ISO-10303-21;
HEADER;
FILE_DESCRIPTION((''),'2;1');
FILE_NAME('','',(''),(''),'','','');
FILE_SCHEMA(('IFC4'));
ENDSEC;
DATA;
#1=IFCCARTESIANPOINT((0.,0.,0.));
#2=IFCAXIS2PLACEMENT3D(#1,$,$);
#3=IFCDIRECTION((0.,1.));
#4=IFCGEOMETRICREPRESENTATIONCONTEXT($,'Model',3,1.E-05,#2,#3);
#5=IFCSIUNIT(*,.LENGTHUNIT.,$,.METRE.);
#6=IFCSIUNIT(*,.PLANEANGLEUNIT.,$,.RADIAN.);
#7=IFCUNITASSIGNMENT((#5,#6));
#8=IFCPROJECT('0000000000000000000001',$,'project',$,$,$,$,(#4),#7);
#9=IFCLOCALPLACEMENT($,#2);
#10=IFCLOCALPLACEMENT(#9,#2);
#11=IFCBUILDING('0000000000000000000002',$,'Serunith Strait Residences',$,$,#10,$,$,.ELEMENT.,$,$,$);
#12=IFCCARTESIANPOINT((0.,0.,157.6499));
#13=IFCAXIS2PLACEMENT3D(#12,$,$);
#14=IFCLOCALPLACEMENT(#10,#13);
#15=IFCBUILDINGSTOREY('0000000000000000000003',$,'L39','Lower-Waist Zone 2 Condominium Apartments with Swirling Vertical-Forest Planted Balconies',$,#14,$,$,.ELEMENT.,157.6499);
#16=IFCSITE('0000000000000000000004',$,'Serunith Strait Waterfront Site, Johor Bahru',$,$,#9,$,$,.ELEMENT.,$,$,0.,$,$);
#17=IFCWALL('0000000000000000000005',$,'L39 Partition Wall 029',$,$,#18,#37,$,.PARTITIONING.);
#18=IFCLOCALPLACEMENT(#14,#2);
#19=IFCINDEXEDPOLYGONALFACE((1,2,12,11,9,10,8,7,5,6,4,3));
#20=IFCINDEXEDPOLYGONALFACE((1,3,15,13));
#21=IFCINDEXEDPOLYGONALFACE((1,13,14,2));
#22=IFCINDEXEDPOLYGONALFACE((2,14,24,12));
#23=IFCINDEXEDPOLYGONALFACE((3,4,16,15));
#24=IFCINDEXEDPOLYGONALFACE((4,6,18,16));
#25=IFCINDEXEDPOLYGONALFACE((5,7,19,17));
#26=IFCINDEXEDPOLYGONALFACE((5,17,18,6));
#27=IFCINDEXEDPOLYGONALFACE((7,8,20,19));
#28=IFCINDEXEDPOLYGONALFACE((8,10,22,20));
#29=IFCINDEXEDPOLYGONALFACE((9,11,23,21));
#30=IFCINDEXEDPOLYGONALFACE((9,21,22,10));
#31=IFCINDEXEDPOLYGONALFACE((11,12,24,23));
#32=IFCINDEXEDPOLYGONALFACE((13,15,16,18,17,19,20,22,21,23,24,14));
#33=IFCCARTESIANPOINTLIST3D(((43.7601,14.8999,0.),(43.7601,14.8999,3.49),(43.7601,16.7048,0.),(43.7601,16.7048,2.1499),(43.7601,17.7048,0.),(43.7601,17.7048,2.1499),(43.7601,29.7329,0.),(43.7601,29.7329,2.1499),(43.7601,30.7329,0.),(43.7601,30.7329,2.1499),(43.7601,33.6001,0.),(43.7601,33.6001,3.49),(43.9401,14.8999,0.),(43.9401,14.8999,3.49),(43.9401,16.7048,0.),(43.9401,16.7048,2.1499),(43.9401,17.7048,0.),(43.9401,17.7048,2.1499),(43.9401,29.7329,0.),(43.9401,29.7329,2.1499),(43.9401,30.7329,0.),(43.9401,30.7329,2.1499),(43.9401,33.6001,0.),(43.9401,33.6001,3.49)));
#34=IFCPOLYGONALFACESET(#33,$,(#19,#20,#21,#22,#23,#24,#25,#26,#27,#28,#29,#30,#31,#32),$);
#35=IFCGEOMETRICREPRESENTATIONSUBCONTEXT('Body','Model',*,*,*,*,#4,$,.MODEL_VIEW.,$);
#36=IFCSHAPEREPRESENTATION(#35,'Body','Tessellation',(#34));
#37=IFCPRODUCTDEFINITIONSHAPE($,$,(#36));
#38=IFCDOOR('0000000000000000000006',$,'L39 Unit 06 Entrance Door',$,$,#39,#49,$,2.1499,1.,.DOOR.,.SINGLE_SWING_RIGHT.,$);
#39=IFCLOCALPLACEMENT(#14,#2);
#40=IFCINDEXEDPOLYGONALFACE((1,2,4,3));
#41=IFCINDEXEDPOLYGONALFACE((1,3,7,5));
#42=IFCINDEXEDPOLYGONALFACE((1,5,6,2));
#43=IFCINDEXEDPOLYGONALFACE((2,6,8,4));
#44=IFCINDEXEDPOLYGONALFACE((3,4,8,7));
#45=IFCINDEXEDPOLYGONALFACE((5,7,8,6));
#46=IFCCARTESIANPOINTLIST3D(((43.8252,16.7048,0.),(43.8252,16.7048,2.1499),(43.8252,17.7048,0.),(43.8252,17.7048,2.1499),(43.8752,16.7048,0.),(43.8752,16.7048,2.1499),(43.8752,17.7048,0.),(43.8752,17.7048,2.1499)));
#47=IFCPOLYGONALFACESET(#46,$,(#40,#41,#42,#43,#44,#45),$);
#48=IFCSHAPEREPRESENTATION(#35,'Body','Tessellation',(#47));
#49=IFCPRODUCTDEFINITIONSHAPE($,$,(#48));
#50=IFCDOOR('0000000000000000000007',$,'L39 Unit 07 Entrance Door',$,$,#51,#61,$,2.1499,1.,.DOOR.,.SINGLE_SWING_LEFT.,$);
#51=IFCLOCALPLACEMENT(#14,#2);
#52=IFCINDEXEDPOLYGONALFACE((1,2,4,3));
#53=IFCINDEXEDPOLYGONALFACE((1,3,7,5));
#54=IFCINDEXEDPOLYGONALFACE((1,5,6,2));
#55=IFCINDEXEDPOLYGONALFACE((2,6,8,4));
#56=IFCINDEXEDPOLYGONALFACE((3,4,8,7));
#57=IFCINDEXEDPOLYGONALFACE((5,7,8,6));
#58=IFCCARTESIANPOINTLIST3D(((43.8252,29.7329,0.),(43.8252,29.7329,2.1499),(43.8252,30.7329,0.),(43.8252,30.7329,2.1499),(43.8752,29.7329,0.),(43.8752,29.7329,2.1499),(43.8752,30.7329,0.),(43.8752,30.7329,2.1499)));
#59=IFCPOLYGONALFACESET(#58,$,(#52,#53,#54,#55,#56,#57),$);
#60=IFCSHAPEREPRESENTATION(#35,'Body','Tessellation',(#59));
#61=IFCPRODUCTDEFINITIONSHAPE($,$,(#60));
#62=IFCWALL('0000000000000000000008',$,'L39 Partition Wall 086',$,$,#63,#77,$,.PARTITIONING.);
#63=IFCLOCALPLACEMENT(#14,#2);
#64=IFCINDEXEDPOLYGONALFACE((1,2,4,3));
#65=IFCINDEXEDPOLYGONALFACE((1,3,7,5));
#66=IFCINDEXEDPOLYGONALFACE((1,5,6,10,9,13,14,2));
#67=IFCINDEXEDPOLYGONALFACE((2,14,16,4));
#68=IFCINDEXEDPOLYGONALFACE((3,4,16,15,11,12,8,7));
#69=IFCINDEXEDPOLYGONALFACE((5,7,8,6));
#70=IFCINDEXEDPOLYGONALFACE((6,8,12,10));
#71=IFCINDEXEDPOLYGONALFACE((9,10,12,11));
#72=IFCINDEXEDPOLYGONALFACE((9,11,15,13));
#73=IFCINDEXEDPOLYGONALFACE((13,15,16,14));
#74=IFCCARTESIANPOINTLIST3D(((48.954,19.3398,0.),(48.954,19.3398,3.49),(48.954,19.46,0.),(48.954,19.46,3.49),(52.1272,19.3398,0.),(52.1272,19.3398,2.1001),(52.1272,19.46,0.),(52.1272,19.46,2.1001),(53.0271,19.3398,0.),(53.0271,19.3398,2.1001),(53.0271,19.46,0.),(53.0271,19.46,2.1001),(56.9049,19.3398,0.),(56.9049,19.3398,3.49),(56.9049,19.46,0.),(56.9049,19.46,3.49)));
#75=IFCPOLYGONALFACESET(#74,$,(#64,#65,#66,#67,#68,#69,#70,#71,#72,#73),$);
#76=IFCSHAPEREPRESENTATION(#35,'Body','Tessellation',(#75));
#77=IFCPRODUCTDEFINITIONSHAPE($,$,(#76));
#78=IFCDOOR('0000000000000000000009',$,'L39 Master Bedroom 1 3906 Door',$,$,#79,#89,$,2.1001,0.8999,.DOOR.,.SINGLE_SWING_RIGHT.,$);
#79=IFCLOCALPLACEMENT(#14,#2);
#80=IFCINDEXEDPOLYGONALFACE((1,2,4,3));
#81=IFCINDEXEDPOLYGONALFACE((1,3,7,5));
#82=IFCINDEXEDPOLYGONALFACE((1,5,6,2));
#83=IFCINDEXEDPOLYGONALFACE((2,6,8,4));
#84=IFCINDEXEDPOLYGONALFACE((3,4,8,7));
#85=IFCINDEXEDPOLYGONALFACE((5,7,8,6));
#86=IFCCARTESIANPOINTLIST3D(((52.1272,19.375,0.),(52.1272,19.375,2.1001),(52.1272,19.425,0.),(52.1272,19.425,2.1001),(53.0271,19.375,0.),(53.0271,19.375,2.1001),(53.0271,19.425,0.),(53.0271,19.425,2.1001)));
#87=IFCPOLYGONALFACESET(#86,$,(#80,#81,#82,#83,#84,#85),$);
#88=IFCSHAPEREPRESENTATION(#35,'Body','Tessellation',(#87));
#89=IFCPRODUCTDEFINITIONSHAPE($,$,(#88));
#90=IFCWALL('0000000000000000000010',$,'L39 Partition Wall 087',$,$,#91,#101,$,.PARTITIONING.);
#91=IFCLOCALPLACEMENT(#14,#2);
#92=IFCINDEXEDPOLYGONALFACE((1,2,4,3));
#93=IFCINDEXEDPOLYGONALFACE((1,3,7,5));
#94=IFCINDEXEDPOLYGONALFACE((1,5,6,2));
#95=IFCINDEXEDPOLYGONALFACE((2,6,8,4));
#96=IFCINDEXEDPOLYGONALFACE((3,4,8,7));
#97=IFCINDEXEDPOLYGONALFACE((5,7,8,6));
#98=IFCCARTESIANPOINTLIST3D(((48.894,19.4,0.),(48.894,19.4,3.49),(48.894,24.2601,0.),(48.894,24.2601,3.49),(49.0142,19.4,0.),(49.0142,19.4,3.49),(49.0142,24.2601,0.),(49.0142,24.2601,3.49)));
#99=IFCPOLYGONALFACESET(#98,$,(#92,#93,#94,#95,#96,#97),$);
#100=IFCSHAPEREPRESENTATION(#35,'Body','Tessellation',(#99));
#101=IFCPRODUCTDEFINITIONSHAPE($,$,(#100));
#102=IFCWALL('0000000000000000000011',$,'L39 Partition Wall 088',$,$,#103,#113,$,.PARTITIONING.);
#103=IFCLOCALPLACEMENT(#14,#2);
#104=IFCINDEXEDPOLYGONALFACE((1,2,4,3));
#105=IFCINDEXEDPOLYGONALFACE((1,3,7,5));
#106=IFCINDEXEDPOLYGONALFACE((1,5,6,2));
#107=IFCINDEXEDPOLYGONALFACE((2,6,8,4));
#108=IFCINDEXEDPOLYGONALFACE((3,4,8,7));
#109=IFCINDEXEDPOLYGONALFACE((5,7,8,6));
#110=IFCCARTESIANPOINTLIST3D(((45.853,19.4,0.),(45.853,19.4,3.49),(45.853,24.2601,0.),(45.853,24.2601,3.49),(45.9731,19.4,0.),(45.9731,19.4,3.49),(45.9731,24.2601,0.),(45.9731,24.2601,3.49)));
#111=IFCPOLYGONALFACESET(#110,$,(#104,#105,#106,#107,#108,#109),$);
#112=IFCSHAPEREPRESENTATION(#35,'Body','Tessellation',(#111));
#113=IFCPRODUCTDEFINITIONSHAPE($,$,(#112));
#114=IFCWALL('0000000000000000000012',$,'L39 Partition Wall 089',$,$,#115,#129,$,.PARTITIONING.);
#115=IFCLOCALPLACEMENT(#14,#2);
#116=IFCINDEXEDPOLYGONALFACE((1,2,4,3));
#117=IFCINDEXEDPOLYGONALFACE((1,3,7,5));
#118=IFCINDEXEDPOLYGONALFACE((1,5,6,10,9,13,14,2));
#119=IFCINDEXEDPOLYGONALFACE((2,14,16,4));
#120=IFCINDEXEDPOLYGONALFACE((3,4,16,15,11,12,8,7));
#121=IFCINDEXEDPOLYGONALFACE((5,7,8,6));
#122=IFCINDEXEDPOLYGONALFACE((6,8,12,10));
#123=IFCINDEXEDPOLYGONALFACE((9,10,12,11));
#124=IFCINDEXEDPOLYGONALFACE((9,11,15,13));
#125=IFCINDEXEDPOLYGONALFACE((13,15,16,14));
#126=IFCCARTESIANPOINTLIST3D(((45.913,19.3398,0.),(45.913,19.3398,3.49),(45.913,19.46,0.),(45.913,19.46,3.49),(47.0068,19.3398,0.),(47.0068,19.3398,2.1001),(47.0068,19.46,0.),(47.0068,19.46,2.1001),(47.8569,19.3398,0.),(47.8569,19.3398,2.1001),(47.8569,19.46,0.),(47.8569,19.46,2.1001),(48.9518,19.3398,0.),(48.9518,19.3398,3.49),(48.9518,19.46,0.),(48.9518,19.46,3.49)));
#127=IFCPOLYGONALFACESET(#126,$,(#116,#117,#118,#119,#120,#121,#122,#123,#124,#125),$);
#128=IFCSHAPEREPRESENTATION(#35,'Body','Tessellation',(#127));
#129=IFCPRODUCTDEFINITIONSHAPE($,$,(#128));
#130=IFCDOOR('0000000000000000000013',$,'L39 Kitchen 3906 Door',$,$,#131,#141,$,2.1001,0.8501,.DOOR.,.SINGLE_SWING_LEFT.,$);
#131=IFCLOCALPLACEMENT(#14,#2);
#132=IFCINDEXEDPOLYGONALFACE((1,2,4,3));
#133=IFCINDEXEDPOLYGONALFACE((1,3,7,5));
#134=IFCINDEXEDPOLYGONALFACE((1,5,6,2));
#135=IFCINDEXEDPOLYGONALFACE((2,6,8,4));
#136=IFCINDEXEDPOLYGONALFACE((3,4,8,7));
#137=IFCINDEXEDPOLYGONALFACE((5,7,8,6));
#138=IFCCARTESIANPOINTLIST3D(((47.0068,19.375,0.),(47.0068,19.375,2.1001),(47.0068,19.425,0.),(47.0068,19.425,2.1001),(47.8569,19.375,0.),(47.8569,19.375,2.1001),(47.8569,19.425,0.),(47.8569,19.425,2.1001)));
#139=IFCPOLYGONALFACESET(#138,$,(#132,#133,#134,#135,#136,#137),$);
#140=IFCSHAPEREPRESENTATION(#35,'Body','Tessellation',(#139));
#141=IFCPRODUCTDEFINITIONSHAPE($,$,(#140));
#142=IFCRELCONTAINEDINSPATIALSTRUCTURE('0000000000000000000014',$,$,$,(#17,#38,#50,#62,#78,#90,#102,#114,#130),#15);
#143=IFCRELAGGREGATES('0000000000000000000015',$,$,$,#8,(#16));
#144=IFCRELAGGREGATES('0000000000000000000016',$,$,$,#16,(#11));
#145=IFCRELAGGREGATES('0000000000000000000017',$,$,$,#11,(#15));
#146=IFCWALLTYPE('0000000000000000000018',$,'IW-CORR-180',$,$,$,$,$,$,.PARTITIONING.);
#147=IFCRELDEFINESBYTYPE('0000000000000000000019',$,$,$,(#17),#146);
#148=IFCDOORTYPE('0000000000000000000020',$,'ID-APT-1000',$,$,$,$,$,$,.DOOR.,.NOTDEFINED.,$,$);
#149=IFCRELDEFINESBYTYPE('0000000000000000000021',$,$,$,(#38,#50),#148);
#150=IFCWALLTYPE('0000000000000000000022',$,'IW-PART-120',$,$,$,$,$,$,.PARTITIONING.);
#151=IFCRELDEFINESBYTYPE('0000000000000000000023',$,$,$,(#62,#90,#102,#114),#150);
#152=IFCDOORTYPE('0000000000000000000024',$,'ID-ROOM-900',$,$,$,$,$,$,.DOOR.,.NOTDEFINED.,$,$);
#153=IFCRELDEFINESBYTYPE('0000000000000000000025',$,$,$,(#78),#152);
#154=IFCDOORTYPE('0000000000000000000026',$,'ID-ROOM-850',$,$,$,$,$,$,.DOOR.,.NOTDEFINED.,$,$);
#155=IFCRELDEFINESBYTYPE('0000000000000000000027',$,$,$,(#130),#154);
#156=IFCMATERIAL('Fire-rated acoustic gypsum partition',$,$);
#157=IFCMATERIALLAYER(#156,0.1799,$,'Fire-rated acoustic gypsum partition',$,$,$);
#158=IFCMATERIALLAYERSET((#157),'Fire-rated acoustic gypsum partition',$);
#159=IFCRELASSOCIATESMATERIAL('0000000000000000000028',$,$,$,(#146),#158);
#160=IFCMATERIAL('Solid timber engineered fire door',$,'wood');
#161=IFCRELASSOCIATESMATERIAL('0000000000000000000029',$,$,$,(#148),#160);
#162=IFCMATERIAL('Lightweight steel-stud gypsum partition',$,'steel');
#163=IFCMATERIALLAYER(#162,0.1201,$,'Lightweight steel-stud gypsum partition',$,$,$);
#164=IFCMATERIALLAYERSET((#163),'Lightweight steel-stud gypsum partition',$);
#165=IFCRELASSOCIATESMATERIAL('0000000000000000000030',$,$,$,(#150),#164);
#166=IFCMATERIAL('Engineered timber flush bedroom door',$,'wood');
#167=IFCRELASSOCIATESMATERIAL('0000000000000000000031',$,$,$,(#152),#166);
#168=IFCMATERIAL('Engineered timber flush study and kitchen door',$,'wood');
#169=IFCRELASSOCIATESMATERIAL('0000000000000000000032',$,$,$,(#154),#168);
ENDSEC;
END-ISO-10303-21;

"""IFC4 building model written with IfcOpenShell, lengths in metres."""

from ifc_helpers import new_model, si_unit, direction, frame, frame_2d, origin, place, context, subcontext, project, spatial, rectangle, extrude, source, transform, mapped, material, layer, layer_set, type_object, element, fill, save


model = new_model("IFC4")

# Units and contexts
model_context = context("Model", 3, precision=1e-05, world=origin(), true_north=direction((0.0, 1.0)))
body_context = subcontext(model_context, "Body", "Model", "MODEL_VIEW")
ifc_project = project(units=[si_unit("LENGTHUNIT", "METRE"), si_unit("PLANEANGLEUNIT", "RADIAN")], contexts=[model_context])

# Site, building, storey
site_placement = place(None, origin())
site = spatial("IfcSite", under=ifc_project, at=site_placement, Name="Serunith Strait Waterfront Site, Johor Bahru", CompositionType="ELEMENT", RefElevation=0.0)
building_placement = place(site_placement, origin())
building = spatial("IfcBuilding", under=site, at=building_placement, Name="Serunith Strait Residences", CompositionType="ELEMENT")
storey_placement = place(building_placement, frame((0.0, 0.0, 157.6499)))
storey = spatial("IfcBuildingStorey", under=building, at=storey_placement, Name="L39", Description="Lower-Waist Zone 2 Condominium Apartments with Swirling Vertical-Forest Planted Balconies", CompositionType="ELEMENT", Elevation=157.6499)

# Wall, openings, doors
ifc_material_1 = material(Name="Fire-rated acoustic gypsum partition")
ifc_layer_1 = layer(ifc_material_1, 0.1799, Name="Fire-rated acoustic gypsum partition")
ifc_layer_set_1 = layer_set([ifc_layer_1], Name="Fire-rated acoustic gypsum partition")
wall_type_1 = type_object("IfcWallType", Name="IW-CORR-180", PredefinedType="PARTITIONING", material=ifc_layer_set_1)
wall_1_placement = place(storey_placement, frame((43.8501, 14.8999, 0.0), z_axis=(0.0, 0.0, 1.0), x_axis=(0.0, 1.0, 0.0)))
wall_1 = element("IfcWall", 1, at=wall_1_placement, inside=storey, type_object=wall_type_1, Name="L39 Partition Wall 029", PredefinedType="PARTITIONING", context=body_context, shape_type="SweptSolid", body=[
    extrude(rectangle(XDim=18.7002, YDim=0.1799, at=frame_2d((9.3501, 0.0))), origin(), (0.0, 0.0, 1.0), 3.49),
])
opening_1_placement = place(wall_1_placement, frame((1.8049, 0.0, 0.0)))
opening_1 = element("IfcOpeningElement", 2, at=opening_1_placement, cuts=wall_1, PredefinedType="OPENING", context=body_context, shape_type="SweptSolid", body=[
    extrude(rectangle(XDim=1.0, YDim=2.1499, at=frame_2d((0.5, 1.075))), frame((0.0, 0.1001, 0.0), z_axis=(0.0, -1.0, 0.0), x_axis=(1.0, 0.0, 0.0)), (0.0, 0.0, 1.0), 0.2),
])
opening_2_placement = place(wall_1_placement, frame((14.833, 0.0, 0.0)))
opening_2 = element("IfcOpeningElement", 3, at=opening_2_placement, cuts=wall_1, PredefinedType="OPENING", context=body_context, shape_type="SweptSolid", body=[
    extrude(rectangle(XDim=1.0, YDim=2.1499, at=frame_2d((0.5, 1.075))), frame((0.0, 0.1001, 0.0), z_axis=(0.0, -1.0, 0.0), x_axis=(1.0, 0.0, 0.0)), (0.0, 0.0, 1.0), 0.2),
])
ifc_material_2 = material(Name="Solid timber engineered fire door", Category="wood")
door_type_1 = type_object("IfcDoorType", Name="ID-APT-1000", OperationType="NOTDEFINED", PredefinedType="DOOR", material=ifc_material_2)
shared_shape_1 = source(origin(), body_context, "Body", "SweptSolid", [
    extrude(rectangle(XDim=1.0, YDim=2.1499, at=frame_2d((0.5, 1.075))), frame((0.0, 0.0249, 0.0), z_axis=(0.0, -1.0, 0.0), x_axis=(1.0, 0.0, 0.0)), (0.0, 0.0, 1.0), 0.05),
])
door_1_placement = place(opening_1_placement, origin())
door_1 = element("IfcDoor", 4, at=door_1_placement, inside=storey, type_object=door_type_1, Name="L39 Unit 06 Entrance Door", OperationType="SINGLE_SWING_RIGHT", OverallHeight=2.1499, OverallWidth=1.0, PredefinedType="DOOR", context=body_context, shape_type="MappedRepresentation", body=[
    mapped(shared_shape_1, transform((0.0, 0.0, 0.0), scale=1.0)),
])
fill(opening_1, door_1)
door_2_placement = place(opening_2_placement, origin())
door_2 = element("IfcDoor", 5, at=door_2_placement, inside=storey, type_object=door_type_1, Name="L39 Unit 07 Entrance Door", OperationType="SINGLE_SWING_LEFT", OverallHeight=2.1499, OverallWidth=1.0, PredefinedType="DOOR", context=body_context, shape_type="MappedRepresentation", body=[
    mapped(shared_shape_1, transform((0.0, 0.0, 0.0), scale=1.0)),
])
fill(opening_2, door_2)

# Wall, opening, door
ifc_material_3 = material(Name="Lightweight steel-stud gypsum partition", Category="steel")
ifc_layer_2 = layer(ifc_material_3, 0.1201, Name="Lightweight steel-stud gypsum partition")
ifc_layer_set_2 = layer_set([ifc_layer_2], Name="Lightweight steel-stud gypsum partition")
wall_type_2 = type_object("IfcWallType", Name="IW-PART-120", PredefinedType="PARTITIONING", material=ifc_layer_set_2)
wall_2_placement = place(storey_placement, frame((56.905, 19.3999, 0.0), z_axis=(0.0, 0.0, 1.0), x_axis=(-1.0, 0.0, 0.0)))
wall_2 = element("IfcWall", 6, at=wall_2_placement, inside=storey, type_object=wall_type_2, Name="L39 Partition Wall 086", PredefinedType="PARTITIONING", context=body_context, shape_type="SweptSolid", body=[
    extrude(rectangle(XDim=7.9509, YDim=0.1201, at=frame_2d((3.9756, 0.0))), origin(), (0.0, 0.0, 1.0), 3.49),
])
opening_3_placement = place(wall_2_placement, frame((3.8779, 0.0, 0.0)))
opening_3 = element("IfcOpeningElement", 7, at=opening_3_placement, cuts=wall_2, PredefinedType="OPENING", context=body_context, shape_type="SweptSolid", body=[
    extrude(rectangle(XDim=0.8999, YDim=2.1001, at=frame_2d((0.45, 1.05))), frame((0.0, 0.0701, 0.0), z_axis=(0.0, -1.0, 0.0), x_axis=(1.0, 0.0, 0.0)), (0.0, 0.0, 1.0), 0.1401),
])
ifc_material_4 = material(Name="Engineered timber flush bedroom door", Category="wood")
door_type_2 = type_object("IfcDoorType", Name="ID-ROOM-900", OperationType="NOTDEFINED", PredefinedType="DOOR", material=ifc_material_4)
shared_shape_2 = source(origin(), body_context, "Body", "SweptSolid", [
    extrude(rectangle(XDim=0.8999, YDim=2.1001, at=frame_2d((0.45, 1.05))), frame((0.0, 0.0249, 0.0), z_axis=(0.0, -1.0, 0.0), x_axis=(1.0, 0.0, 0.0)), (0.0, 0.0, 1.0), 0.05),
])
door_3_placement = place(opening_3_placement, origin())
door_3 = element("IfcDoor", 8, at=door_3_placement, inside=storey, type_object=door_type_2, Name="L39 Master Bedroom 1 3906 Door", OperationType="SINGLE_SWING_RIGHT", OverallHeight=2.1001, OverallWidth=0.8999, PredefinedType="DOOR", context=body_context, shape_type="MappedRepresentation", body=[
    mapped(shared_shape_2, transform((0.0, 0.0, 0.0), scale=1.0)),
])
fill(opening_3, door_3)

# Walls
for number, where, z_axis, x_axis, name in (
    (9, (48.9541, 19.3999, 0.0), (0.0, 0.0, 1.0), (0.0, 1.0, 0.0), "L39 Partition Wall 087"),
    (10, (45.9131, 19.3999, 0.0), (0.0, 0.0, 1.0), (0.0, 1.0, 0.0), "L39 Partition Wall 088"),
):
    element("IfcWall", number, at=place(storey_placement, frame(where, z_axis=z_axis, x_axis=x_axis)), inside=storey, type_object=wall_type_2, Name=name, PredefinedType="PARTITIONING", context=body_context, shape_type="SweptSolid", body=[
        extrude(rectangle(XDim=4.8601, YDim=0.1201, at=frame_2d((2.4302, 0.0))), origin(), (0.0, 0.0, 1.0), 3.49),
    ])

# Wall, opening, door
wall_3_placement = place(storey_placement, frame((48.9519, 19.3999, 0.0), z_axis=(0.0, 0.0, 1.0), x_axis=(-1.0, 0.0, 0.0)))
wall_3 = element("IfcWall", 11, at=wall_3_placement, inside=storey, type_object=wall_type_2, Name="L39 Partition Wall 089", PredefinedType="PARTITIONING", context=body_context, shape_type="SweptSolid", body=[
    extrude(rectangle(XDim=3.0388, YDim=0.1201, at=frame_2d((1.5195, 0.0))), origin(), (0.0, 0.0, 1.0), 3.49),
])
opening_4_placement = place(wall_3_placement, frame((1.095, 0.0, 0.0)))
opening_4 = element("IfcOpeningElement", 12, at=opening_4_placement, cuts=wall_3, PredefinedType="OPENING", context=body_context, shape_type="SweptSolid", body=[
    extrude(rectangle(XDim=0.8501, YDim=2.1001, at=frame_2d((0.425, 1.05))), frame((0.0, 0.0701, 0.0), z_axis=(0.0, -1.0, 0.0), x_axis=(1.0, 0.0, 0.0)), (0.0, 0.0, 1.0), 0.1401),
])
ifc_material_5 = material(Name="Engineered timber flush study and kitchen door", Category="wood")
door_type_3 = type_object("IfcDoorType", Name="ID-ROOM-850", OperationType="NOTDEFINED", PredefinedType="DOOR", material=ifc_material_5)
shared_shape_3 = source(origin(), body_context, "Body", "SweptSolid", [
    extrude(rectangle(XDim=0.8501, YDim=2.1001, at=frame_2d((0.425, 1.05))), frame((0.0, 0.0249, 0.0), z_axis=(0.0, -1.0, 0.0), x_axis=(1.0, 0.0, 0.0)), (0.0, 0.0, 1.0), 0.05),
])
door_4_placement = place(opening_4_placement, origin())
door_4 = element("IfcDoor", 13, at=door_4_placement, inside=storey, type_object=door_type_3, Name="L39 Kitchen 3906 Door", OperationType="SINGLE_SWING_LEFT", OverallHeight=2.1001, OverallWidth=0.8501, PredefinedType="DOOR", context=body_context, shape_type="MappedRepresentation", body=[
    mapped(shared_shape_3, transform((0.0, 0.0, 0.0), scale=1.0)),
])
fill(opening_4, door_4)

save(model, "model.ifc")
